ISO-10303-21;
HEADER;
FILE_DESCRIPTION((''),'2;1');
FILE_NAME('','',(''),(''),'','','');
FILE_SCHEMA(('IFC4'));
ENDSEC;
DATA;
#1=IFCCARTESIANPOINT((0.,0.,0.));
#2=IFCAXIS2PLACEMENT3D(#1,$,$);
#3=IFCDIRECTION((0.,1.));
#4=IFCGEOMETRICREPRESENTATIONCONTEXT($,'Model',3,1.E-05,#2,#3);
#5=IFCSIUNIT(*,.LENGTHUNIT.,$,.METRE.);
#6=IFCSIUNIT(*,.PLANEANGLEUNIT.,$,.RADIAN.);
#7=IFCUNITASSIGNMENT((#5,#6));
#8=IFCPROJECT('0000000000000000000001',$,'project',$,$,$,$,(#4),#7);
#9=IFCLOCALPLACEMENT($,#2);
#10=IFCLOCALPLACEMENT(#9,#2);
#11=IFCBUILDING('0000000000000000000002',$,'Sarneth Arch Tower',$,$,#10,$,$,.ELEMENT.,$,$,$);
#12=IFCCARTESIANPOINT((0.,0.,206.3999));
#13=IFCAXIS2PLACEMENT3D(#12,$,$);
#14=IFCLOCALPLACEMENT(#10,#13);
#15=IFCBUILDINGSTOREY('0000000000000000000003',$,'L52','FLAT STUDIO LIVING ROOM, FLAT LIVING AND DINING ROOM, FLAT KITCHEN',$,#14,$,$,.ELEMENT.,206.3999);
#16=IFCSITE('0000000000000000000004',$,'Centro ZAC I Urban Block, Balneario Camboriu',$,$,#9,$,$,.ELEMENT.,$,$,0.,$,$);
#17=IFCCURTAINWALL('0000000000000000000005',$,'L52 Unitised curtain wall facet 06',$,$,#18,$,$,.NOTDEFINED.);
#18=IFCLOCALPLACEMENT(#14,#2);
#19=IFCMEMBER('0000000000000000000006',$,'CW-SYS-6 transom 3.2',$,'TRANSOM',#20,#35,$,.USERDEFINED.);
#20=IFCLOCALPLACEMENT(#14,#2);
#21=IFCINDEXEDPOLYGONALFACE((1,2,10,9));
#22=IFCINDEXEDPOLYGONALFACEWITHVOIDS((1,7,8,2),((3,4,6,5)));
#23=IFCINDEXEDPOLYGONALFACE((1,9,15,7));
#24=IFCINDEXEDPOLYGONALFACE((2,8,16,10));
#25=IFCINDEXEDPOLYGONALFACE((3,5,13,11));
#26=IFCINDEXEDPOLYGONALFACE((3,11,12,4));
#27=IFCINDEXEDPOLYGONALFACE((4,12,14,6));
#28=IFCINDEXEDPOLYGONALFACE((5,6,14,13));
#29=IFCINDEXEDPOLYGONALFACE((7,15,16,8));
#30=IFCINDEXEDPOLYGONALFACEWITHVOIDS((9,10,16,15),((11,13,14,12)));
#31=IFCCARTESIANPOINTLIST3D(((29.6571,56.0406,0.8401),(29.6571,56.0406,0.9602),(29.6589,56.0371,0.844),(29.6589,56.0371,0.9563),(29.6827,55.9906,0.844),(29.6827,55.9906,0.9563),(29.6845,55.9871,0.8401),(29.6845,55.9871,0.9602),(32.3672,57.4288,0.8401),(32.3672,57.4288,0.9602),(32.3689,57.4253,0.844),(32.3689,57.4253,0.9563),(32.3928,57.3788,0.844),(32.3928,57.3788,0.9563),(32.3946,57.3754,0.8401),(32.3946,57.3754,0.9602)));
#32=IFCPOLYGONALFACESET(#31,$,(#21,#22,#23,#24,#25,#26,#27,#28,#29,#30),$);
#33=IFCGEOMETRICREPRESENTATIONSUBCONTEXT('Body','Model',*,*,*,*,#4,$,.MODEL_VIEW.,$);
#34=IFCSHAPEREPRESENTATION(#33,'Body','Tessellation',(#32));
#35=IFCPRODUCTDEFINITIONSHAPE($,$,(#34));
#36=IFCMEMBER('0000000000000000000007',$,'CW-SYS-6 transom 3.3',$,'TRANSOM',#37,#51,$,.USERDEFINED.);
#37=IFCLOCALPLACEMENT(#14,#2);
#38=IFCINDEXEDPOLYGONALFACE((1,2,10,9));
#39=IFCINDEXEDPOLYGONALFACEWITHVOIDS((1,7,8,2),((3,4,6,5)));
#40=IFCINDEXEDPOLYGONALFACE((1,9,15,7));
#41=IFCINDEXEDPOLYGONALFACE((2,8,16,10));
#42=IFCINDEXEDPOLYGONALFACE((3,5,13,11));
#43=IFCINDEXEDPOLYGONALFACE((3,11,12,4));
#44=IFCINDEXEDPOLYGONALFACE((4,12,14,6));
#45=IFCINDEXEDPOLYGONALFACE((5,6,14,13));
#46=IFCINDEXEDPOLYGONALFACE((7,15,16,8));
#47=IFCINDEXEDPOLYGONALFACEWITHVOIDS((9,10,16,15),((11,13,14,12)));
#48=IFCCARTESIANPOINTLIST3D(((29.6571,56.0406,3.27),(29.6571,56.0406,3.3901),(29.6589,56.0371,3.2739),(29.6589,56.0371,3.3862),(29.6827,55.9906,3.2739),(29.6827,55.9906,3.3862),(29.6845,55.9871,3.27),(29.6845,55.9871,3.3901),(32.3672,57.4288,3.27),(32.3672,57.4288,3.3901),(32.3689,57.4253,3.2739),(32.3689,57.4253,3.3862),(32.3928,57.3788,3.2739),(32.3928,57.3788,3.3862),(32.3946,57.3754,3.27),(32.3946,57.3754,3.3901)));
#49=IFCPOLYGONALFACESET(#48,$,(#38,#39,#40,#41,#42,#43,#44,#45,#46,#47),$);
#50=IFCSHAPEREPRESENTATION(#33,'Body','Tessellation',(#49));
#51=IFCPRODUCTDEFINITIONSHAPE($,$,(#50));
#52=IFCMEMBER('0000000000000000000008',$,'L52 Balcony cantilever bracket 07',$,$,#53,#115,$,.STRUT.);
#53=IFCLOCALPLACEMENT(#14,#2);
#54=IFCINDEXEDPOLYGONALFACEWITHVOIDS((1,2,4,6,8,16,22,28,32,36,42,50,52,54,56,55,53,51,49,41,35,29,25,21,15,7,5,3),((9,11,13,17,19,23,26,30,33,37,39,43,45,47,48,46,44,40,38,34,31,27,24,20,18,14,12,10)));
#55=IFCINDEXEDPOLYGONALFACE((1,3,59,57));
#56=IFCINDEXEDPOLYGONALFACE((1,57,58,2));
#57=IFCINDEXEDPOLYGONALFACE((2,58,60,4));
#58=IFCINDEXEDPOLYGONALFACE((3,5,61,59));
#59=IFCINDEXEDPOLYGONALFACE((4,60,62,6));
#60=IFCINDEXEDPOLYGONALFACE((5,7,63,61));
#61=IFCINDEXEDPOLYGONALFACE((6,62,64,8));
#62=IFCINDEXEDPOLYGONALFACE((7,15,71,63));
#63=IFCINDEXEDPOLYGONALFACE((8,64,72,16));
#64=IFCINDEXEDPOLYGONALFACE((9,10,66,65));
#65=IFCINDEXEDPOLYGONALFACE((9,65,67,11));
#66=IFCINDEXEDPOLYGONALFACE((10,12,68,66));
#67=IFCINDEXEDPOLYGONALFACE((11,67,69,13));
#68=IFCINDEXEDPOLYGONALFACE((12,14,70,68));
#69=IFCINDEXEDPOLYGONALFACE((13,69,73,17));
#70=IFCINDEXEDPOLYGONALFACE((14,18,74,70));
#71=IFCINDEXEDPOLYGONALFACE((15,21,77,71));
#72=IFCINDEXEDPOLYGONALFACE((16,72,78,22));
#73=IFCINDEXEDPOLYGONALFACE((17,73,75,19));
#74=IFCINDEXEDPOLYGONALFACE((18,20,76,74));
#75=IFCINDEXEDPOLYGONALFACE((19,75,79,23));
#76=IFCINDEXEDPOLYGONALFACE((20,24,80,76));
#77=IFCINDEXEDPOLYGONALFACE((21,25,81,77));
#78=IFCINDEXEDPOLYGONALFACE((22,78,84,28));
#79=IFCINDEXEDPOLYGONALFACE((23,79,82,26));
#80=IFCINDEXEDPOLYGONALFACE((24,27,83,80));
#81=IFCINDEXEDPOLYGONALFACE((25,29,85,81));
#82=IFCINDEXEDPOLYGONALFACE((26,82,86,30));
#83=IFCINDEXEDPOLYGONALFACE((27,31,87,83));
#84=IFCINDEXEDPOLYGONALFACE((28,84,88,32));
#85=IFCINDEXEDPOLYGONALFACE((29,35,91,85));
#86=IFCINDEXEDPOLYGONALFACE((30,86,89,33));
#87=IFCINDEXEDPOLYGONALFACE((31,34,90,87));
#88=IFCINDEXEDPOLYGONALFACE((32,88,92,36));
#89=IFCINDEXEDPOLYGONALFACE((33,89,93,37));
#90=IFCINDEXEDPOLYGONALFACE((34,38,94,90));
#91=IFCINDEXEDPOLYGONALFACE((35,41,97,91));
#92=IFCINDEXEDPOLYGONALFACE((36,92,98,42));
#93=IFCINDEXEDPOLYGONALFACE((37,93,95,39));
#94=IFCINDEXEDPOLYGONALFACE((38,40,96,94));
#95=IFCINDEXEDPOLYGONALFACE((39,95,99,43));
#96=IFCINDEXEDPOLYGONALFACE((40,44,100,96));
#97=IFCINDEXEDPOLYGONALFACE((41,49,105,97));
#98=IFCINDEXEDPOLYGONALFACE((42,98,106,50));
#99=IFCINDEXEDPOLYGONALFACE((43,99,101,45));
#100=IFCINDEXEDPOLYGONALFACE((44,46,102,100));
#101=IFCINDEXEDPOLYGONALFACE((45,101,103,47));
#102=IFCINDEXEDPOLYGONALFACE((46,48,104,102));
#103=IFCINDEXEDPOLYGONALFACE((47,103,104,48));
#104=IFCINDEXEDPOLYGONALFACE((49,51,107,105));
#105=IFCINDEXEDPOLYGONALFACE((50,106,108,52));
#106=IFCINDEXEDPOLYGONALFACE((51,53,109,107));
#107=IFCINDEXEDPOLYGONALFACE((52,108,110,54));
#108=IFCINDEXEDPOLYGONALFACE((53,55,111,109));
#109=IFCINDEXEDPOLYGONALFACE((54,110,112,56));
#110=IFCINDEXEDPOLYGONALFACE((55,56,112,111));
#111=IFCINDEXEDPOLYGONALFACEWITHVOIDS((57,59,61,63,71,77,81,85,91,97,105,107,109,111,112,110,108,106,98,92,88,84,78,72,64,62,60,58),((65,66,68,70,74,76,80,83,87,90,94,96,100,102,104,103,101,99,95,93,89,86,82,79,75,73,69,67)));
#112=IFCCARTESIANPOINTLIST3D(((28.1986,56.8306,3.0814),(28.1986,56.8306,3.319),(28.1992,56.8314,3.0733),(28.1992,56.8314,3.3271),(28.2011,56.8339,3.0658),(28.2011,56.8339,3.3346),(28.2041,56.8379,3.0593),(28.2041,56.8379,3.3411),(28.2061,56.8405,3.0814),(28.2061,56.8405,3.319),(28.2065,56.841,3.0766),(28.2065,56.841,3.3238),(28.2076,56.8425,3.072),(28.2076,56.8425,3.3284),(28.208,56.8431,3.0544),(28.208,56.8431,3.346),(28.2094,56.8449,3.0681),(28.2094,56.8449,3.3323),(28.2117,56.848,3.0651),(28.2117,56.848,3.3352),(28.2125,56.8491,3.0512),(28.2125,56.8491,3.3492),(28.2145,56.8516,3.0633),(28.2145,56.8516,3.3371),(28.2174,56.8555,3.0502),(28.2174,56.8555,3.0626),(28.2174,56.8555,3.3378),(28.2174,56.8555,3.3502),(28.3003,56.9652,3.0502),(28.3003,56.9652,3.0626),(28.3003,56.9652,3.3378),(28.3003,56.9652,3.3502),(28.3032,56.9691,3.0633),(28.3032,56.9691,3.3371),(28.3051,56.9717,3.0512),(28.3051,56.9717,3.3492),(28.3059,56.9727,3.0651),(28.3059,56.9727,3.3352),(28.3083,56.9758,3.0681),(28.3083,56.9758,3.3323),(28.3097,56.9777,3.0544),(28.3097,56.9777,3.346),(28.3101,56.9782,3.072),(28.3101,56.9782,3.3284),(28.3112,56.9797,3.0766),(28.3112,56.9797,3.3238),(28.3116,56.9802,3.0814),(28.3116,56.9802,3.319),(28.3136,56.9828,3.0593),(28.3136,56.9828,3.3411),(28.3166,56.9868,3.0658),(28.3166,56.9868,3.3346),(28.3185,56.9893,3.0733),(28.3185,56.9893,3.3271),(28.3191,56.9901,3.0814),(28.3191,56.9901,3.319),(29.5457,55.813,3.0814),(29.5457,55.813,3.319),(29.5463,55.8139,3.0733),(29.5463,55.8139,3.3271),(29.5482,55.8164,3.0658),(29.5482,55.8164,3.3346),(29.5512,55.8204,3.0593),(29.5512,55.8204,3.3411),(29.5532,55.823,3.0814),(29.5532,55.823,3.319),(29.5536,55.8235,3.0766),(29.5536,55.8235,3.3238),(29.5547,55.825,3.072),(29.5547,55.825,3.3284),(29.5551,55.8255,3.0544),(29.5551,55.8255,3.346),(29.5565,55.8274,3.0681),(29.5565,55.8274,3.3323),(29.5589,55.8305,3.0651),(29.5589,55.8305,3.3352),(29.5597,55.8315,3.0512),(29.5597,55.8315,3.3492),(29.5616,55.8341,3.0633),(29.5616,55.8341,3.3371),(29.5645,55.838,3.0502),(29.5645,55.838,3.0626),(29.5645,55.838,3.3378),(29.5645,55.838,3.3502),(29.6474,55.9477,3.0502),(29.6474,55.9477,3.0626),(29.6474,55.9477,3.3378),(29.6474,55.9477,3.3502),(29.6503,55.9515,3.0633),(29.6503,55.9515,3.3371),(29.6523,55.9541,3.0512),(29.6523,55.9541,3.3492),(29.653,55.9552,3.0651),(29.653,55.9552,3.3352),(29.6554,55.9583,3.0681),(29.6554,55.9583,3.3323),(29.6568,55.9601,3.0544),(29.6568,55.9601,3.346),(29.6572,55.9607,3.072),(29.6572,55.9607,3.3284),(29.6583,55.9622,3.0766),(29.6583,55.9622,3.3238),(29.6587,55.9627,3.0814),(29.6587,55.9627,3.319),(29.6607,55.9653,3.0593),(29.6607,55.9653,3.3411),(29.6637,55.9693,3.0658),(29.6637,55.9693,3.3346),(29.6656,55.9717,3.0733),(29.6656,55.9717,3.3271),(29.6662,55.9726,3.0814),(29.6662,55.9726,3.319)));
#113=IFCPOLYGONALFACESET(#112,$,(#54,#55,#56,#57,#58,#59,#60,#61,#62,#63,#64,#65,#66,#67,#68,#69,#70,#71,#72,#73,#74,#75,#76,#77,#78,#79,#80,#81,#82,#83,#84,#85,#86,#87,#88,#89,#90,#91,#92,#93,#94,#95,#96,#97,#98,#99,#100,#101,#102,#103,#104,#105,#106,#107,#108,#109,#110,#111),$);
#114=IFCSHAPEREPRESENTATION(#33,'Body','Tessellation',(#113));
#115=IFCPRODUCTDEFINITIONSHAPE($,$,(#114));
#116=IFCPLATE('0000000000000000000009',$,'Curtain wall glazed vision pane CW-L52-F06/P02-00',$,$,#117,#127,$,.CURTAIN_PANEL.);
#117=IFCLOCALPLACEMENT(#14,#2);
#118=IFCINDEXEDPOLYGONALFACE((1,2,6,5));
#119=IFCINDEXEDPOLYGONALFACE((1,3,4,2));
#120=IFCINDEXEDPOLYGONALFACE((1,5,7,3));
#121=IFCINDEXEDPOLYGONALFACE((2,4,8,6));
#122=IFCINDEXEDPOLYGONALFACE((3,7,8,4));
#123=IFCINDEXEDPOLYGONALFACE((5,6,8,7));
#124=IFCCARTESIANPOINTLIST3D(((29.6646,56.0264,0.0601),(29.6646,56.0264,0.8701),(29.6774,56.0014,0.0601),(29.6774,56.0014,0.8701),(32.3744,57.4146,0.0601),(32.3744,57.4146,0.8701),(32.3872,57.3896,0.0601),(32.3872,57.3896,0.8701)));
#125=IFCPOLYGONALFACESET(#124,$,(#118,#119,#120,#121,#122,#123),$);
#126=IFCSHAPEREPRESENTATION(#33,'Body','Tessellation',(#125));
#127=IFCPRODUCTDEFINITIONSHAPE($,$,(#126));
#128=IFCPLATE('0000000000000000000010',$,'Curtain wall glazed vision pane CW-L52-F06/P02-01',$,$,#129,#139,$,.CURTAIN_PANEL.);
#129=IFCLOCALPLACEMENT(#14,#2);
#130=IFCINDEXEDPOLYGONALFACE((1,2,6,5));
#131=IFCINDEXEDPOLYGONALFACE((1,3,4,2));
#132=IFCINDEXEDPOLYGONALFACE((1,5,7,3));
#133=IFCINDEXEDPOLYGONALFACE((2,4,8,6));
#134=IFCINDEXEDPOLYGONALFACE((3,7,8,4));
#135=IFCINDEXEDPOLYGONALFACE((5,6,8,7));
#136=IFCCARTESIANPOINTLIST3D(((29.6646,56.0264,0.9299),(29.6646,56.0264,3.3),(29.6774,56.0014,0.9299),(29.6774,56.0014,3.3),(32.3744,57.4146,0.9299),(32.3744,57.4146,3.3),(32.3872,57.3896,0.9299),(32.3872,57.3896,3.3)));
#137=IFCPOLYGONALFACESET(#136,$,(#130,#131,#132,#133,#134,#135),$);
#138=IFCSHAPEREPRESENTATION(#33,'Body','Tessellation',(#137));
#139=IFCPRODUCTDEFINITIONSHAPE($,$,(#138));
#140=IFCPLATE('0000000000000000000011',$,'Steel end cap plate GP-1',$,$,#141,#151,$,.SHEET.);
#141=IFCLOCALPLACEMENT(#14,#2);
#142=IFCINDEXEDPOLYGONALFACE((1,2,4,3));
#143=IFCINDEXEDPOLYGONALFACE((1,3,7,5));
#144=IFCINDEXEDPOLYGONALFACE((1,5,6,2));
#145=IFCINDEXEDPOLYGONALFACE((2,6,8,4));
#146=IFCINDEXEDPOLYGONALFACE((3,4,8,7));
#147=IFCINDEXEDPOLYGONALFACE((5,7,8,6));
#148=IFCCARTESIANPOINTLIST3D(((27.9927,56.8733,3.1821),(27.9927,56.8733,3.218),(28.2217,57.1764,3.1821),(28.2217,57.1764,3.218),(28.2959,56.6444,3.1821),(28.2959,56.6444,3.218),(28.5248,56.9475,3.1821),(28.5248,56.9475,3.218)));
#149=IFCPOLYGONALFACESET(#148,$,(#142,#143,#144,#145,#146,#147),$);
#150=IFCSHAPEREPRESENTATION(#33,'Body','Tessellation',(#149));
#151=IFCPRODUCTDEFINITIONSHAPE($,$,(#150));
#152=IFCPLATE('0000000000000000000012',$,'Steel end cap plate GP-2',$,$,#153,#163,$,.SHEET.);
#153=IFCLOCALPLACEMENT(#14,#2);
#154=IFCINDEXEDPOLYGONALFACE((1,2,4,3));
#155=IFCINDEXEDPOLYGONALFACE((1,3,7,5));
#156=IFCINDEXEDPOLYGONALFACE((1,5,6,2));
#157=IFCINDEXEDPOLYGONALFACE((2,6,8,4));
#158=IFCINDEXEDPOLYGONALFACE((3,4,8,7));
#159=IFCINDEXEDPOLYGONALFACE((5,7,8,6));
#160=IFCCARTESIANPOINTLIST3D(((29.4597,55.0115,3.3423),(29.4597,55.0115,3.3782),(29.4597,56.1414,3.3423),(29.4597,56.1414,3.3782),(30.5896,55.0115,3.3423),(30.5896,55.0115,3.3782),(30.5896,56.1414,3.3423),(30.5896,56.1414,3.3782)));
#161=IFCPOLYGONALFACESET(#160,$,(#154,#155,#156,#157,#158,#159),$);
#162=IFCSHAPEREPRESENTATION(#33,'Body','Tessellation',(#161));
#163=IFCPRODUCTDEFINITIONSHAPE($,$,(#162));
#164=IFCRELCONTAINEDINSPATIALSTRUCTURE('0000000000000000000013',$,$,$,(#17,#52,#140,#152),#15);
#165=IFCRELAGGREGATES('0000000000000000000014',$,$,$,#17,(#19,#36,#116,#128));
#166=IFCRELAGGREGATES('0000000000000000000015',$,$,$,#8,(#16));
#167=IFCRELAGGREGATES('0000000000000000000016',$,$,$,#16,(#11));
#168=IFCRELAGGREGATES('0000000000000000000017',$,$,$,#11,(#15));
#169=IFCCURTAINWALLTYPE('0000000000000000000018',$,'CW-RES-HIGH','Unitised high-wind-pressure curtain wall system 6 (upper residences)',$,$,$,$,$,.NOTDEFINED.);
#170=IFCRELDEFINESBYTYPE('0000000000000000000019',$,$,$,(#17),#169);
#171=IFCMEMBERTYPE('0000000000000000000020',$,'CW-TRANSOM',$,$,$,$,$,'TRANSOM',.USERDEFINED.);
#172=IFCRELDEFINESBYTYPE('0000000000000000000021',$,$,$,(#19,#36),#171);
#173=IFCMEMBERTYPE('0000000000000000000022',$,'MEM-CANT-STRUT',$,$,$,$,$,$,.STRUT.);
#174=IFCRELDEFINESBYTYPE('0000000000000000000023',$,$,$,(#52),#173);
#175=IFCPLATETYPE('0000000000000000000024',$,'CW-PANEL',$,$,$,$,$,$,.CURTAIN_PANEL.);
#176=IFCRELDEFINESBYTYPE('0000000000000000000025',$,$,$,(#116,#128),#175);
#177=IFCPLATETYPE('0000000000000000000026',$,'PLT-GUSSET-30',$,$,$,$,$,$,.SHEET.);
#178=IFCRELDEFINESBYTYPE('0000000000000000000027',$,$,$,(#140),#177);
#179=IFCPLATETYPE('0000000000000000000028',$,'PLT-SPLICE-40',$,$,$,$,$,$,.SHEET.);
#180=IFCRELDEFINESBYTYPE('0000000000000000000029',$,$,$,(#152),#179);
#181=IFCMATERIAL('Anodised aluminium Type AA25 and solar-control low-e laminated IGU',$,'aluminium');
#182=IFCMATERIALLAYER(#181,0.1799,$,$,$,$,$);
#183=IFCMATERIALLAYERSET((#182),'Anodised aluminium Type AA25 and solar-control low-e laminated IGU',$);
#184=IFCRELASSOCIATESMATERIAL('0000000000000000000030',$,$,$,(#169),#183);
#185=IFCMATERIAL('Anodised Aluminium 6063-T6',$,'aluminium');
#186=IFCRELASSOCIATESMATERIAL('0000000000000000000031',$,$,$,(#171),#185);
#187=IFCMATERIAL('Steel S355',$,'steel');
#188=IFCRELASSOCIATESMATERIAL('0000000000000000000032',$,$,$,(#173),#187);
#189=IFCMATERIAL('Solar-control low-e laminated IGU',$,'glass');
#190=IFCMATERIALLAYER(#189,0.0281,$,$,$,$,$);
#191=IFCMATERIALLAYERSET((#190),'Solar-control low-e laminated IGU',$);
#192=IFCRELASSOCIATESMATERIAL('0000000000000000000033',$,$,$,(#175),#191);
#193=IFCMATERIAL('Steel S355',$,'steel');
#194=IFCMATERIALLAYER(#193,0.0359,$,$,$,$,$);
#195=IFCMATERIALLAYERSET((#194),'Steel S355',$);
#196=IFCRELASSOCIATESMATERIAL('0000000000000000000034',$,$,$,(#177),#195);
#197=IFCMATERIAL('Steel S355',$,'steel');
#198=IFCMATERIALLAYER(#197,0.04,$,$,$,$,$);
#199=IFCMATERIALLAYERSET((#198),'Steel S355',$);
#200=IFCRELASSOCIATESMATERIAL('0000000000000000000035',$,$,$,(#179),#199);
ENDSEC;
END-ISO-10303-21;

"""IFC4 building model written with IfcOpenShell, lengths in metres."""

from ifc_helpers import new_model, si_unit, direction, frame, origin, origin_2d, place, context, subcontext, project, spatial, rectangle, hollow_rectangle, extrude, material, layer, layer_set, material_profile, profile_set, type_object, element, aggregate, save


model = new_model("IFC4")

# Units and contexts
model_context = context("Model", 3, precision=1e-05, world=origin(), true_north=direction((0.0, 1.0)))
body_context = subcontext(model_context, "Body", "Model", "MODEL_VIEW")
ifc_project = project(units=[si_unit("LENGTHUNIT", "METRE"), si_unit("PLANEANGLEUNIT", "RADIAN")], contexts=[model_context])

# Site, building, storey
site_placement = place(None, origin())
site = spatial("IfcSite", under=ifc_project, at=site_placement, Name="Centro ZAC I Urban Block, Balneario Camboriu", CompositionType="ELEMENT", RefElevation=0.0)
building_placement = place(site_placement, origin())
building = spatial("IfcBuilding", under=site, at=building_placement, Name="Sarneth Arch Tower", CompositionType="ELEMENT")
storey_placement = place(building_placement, frame((0.0, 0.0, 206.3999)))
storey = spatial("IfcBuildingStorey", under=building, at=storey_placement, Name="L52", Description="FLAT STUDIO LIVING ROOM, FLAT LIVING AND DINING ROOM, FLAT KITCHEN", CompositionType="ELEMENT", Elevation=206.3999)

# Curtain wall, members
ifc_material_1 = material(Name="Anodised aluminium Type AA25 and solar-control low-e laminated IGU", Category="aluminium")
ifc_layer_1 = layer(ifc_material_1, 0.1799)
ifc_layer_set_1 = layer_set([ifc_layer_1], Name="Anodised aluminium Type AA25 and solar-control low-e laminated IGU")
curtain_wall_type = type_object("IfcCurtainWallType", Name="CW-RES-HIGH", Description="Unitised high-wind-pressure curtain wall system 6 (upper residences)", PredefinedType="NOTDEFINED", material=ifc_layer_set_1)
curtain_wall_placement = place(storey_placement, origin())
curtain_wall = element("IfcCurtainWall", 1, at=curtain_wall_placement, inside=storey, type_object=curtain_wall_type, Name="L52 Unitised curtain wall facet 06", PredefinedType="NOTDEFINED")
ifc_material_2 = material(Name="Anodised Aluminium 6063-T6", Category="aluminium")
ifc_material_profile_1 = material_profile(ifc_material_2, hollow_rectangle(XDim=0.0601, YDim=0.1201, WallThickness=0.0039, at=origin_2d()), Name="AL-TRAN-120x60x4")
ifc_profile_set_1 = profile_set([ifc_material_profile_1], Name="Anodised Aluminium 6063-T6")
member_type_1 = type_object("IfcMemberType", Name="CW-TRANSOM", ElementType="TRANSOM", PredefinedType="USERDEFINED", material=ifc_profile_set_1)
member_1_placement = place(storey_placement, frame((32.3809, 57.4021, 0.9001), z_axis=(-0.890023, -0.455916, 0.0), x_axis=(0.455916, -0.890023, 0.0)))
member_1 = element("IfcMember", 2, at=member_1_placement, type_object=member_type_1, Name="CW-SYS-6 transom 3.2", ObjectType="TRANSOM", PredefinedType="USERDEFINED", context=body_context, shape_type="SweptSolid", body=[
    extrude(hollow_rectangle(XDim=0.0601, YDim=0.1201, WallThickness=0.0039, at=origin_2d()), origin(), (0.0, 0.0, 1.0), 3.0449),
])
member_2_placement = place(storey_placement, frame((32.3809, 57.4021, 3.3301), z_axis=(-0.890023, -0.455916, 0.0), x_axis=(0.455916, -0.890023, 0.0)))
member_2 = element("IfcMember", 3, at=member_2_placement, type_object=member_type_1, Name="CW-SYS-6 transom 3.3", ObjectType="TRANSOM", PredefinedType="USERDEFINED", context=body_context, shape_type="SweptSolid", body=[
    extrude(hollow_rectangle(XDim=0.0601, YDim=0.1201, WallThickness=0.0039, at=origin_2d()), origin(), (0.0, 0.0, 1.0), 3.0449),
])

# Member
ifc_material_3 = material(Name="Steel S355", Category="steel")
ifc_material_profile_2 = material_profile(ifc_material_3, hollow_rectangle(XDim=0.2, YDim=0.3, WallThickness=0.0125, InnerFilletRadius=0.0188, OuterFilletRadius=0.0312, at=origin_2d()), Name="RHS300x200x12.5")
ifc_profile_set_2 = profile_set([ifc_material_profile_2], Name="Steel S355")
member_type_2 = type_object("IfcMemberType", Name="MEM-CANT-STRUT", PredefinedType="STRUT", material=ifc_profile_set_2)
member_3_placement = place(storey_placement, frame((29.606, 55.8928, 3.2002), z_axis=(-0.797948, 0.602727, 0.0), x_axis=(-0.602727, -0.797948, 0.0)))
element("IfcMember", 4, at=member_3_placement, inside=storey, type_object=member_type_2, Name="L52 Balcony cantilever bracket 07", PredefinedType="STRUT", context=body_context, shape_type="SweptSolid", body=[
    extrude(hollow_rectangle(XDim=0.2, YDim=0.3, WallThickness=0.0125, InnerFilletRadius=0.0188, OuterFilletRadius=0.0312, at=origin_2d()), origin(), (0.0, 0.0, 1.0), 1.6882),
])

# Plates
ifc_material_4 = material(Name="Solar-control low-e laminated IGU", Category="glass")
ifc_layer_2 = layer(ifc_material_4, 0.0281)
ifc_layer_set_2 = layer_set([ifc_layer_2], Name="Solar-control low-e laminated IGU")
plate_type_1 = type_object("IfcPlateType", Name="CW-PANEL", PredefinedType="CURTAIN_PANEL", material=ifc_layer_set_2)
plate_1_placement = place(storey_placement, frame((31.0259, 56.708, 0.0601), z_axis=(0.0, 0.0, 1.0), x_axis=(-0.89001, -0.455942, 0.0)))
plate_1 = element("IfcPlate", 5, at=plate_1_placement, type_object=plate_type_1, Name="Curtain wall glazed vision pane CW-L52-F06/P02-00", PredefinedType="CURTAIN_PANEL", context=body_context, shape_type="SweptSolid", body=[
    extrude(rectangle(XDim=3.0447, YDim=0.0281, at=origin_2d()), origin(), (0.0, 0.0, 1.0), 0.8101),
])
plate_2_placement = place(storey_placement, frame((31.0259, 56.708, 0.9299), z_axis=(0.0, 0.0, 1.0), x_axis=(-0.89001, -0.455942, 0.0)))
plate_2 = element("IfcPlate", 6, at=plate_2_placement, type_object=plate_type_1, Name="Curtain wall glazed vision pane CW-L52-F06/P02-01", PredefinedType="CURTAIN_PANEL", context=body_context, shape_type="SweptSolid", body=[
    extrude(rectangle(XDim=3.0447, YDim=0.0281, at=origin_2d()), origin(), (0.0, 0.0, 1.0), 2.3701),
])
aggregate(curtain_wall, [member_1, member_2, plate_1, plate_2])

# Plates
ifc_material_5 = material(Name="Steel S355", Category="steel")
ifc_layer_3 = layer(ifc_material_5, 0.0359)
ifc_layer_set_3 = layer_set([ifc_layer_3], Name="Steel S355")
plate_type_2 = type_object("IfcPlateType", Name="PLT-GUSSET-30", PredefinedType="SHEET", material=ifc_layer_set_3)
plate_3_placement = place(storey_placement, frame((28.2588, 56.9104, 3.1821), z_axis=(0.0, 0.0, 1.0), x_axis=(-0.798005, 0.602651, 0.0)))
element("IfcPlate", 7, at=plate_3_placement, inside=storey, type_object=plate_type_2, Name="Steel end cap plate GP-1", PredefinedType="SHEET", context=body_context, shape_type="SweptSolid", body=[
    extrude(rectangle(XDim=0.3799, YDim=0.3799, at=origin_2d()), origin(), (0.0, 0.0, 1.0), 0.0359),
])
ifc_material_6 = material(Name="Steel S355", Category="steel")
ifc_layer_4 = layer(ifc_material_6, 0.04)
ifc_layer_set_4 = layer_set([ifc_layer_4], Name="Steel S355")
plate_type_3 = type_object("IfcPlateType", Name="PLT-SPLICE-40", PredefinedType="SHEET", material=ifc_layer_set_4)
plate_4_placement = place(storey_placement, frame((30.0247, 55.5764, 3.3423), z_axis=(0.0, 0.0, 1.0), x_axis=(1.0, 0.0, 0.0)))
element("IfcPlate", 8, at=plate_4_placement, inside=storey, type_object=plate_type_3, Name="Steel end cap plate GP-2", PredefinedType="SHEET", context=body_context, shape_type="SweptSolid", body=[
    extrude(rectangle(XDim=1.1299, YDim=1.1299, at=origin_2d()), origin(), (0.0, 0.0, 1.0), 0.0359),
])

save(model, "model.ifc")
